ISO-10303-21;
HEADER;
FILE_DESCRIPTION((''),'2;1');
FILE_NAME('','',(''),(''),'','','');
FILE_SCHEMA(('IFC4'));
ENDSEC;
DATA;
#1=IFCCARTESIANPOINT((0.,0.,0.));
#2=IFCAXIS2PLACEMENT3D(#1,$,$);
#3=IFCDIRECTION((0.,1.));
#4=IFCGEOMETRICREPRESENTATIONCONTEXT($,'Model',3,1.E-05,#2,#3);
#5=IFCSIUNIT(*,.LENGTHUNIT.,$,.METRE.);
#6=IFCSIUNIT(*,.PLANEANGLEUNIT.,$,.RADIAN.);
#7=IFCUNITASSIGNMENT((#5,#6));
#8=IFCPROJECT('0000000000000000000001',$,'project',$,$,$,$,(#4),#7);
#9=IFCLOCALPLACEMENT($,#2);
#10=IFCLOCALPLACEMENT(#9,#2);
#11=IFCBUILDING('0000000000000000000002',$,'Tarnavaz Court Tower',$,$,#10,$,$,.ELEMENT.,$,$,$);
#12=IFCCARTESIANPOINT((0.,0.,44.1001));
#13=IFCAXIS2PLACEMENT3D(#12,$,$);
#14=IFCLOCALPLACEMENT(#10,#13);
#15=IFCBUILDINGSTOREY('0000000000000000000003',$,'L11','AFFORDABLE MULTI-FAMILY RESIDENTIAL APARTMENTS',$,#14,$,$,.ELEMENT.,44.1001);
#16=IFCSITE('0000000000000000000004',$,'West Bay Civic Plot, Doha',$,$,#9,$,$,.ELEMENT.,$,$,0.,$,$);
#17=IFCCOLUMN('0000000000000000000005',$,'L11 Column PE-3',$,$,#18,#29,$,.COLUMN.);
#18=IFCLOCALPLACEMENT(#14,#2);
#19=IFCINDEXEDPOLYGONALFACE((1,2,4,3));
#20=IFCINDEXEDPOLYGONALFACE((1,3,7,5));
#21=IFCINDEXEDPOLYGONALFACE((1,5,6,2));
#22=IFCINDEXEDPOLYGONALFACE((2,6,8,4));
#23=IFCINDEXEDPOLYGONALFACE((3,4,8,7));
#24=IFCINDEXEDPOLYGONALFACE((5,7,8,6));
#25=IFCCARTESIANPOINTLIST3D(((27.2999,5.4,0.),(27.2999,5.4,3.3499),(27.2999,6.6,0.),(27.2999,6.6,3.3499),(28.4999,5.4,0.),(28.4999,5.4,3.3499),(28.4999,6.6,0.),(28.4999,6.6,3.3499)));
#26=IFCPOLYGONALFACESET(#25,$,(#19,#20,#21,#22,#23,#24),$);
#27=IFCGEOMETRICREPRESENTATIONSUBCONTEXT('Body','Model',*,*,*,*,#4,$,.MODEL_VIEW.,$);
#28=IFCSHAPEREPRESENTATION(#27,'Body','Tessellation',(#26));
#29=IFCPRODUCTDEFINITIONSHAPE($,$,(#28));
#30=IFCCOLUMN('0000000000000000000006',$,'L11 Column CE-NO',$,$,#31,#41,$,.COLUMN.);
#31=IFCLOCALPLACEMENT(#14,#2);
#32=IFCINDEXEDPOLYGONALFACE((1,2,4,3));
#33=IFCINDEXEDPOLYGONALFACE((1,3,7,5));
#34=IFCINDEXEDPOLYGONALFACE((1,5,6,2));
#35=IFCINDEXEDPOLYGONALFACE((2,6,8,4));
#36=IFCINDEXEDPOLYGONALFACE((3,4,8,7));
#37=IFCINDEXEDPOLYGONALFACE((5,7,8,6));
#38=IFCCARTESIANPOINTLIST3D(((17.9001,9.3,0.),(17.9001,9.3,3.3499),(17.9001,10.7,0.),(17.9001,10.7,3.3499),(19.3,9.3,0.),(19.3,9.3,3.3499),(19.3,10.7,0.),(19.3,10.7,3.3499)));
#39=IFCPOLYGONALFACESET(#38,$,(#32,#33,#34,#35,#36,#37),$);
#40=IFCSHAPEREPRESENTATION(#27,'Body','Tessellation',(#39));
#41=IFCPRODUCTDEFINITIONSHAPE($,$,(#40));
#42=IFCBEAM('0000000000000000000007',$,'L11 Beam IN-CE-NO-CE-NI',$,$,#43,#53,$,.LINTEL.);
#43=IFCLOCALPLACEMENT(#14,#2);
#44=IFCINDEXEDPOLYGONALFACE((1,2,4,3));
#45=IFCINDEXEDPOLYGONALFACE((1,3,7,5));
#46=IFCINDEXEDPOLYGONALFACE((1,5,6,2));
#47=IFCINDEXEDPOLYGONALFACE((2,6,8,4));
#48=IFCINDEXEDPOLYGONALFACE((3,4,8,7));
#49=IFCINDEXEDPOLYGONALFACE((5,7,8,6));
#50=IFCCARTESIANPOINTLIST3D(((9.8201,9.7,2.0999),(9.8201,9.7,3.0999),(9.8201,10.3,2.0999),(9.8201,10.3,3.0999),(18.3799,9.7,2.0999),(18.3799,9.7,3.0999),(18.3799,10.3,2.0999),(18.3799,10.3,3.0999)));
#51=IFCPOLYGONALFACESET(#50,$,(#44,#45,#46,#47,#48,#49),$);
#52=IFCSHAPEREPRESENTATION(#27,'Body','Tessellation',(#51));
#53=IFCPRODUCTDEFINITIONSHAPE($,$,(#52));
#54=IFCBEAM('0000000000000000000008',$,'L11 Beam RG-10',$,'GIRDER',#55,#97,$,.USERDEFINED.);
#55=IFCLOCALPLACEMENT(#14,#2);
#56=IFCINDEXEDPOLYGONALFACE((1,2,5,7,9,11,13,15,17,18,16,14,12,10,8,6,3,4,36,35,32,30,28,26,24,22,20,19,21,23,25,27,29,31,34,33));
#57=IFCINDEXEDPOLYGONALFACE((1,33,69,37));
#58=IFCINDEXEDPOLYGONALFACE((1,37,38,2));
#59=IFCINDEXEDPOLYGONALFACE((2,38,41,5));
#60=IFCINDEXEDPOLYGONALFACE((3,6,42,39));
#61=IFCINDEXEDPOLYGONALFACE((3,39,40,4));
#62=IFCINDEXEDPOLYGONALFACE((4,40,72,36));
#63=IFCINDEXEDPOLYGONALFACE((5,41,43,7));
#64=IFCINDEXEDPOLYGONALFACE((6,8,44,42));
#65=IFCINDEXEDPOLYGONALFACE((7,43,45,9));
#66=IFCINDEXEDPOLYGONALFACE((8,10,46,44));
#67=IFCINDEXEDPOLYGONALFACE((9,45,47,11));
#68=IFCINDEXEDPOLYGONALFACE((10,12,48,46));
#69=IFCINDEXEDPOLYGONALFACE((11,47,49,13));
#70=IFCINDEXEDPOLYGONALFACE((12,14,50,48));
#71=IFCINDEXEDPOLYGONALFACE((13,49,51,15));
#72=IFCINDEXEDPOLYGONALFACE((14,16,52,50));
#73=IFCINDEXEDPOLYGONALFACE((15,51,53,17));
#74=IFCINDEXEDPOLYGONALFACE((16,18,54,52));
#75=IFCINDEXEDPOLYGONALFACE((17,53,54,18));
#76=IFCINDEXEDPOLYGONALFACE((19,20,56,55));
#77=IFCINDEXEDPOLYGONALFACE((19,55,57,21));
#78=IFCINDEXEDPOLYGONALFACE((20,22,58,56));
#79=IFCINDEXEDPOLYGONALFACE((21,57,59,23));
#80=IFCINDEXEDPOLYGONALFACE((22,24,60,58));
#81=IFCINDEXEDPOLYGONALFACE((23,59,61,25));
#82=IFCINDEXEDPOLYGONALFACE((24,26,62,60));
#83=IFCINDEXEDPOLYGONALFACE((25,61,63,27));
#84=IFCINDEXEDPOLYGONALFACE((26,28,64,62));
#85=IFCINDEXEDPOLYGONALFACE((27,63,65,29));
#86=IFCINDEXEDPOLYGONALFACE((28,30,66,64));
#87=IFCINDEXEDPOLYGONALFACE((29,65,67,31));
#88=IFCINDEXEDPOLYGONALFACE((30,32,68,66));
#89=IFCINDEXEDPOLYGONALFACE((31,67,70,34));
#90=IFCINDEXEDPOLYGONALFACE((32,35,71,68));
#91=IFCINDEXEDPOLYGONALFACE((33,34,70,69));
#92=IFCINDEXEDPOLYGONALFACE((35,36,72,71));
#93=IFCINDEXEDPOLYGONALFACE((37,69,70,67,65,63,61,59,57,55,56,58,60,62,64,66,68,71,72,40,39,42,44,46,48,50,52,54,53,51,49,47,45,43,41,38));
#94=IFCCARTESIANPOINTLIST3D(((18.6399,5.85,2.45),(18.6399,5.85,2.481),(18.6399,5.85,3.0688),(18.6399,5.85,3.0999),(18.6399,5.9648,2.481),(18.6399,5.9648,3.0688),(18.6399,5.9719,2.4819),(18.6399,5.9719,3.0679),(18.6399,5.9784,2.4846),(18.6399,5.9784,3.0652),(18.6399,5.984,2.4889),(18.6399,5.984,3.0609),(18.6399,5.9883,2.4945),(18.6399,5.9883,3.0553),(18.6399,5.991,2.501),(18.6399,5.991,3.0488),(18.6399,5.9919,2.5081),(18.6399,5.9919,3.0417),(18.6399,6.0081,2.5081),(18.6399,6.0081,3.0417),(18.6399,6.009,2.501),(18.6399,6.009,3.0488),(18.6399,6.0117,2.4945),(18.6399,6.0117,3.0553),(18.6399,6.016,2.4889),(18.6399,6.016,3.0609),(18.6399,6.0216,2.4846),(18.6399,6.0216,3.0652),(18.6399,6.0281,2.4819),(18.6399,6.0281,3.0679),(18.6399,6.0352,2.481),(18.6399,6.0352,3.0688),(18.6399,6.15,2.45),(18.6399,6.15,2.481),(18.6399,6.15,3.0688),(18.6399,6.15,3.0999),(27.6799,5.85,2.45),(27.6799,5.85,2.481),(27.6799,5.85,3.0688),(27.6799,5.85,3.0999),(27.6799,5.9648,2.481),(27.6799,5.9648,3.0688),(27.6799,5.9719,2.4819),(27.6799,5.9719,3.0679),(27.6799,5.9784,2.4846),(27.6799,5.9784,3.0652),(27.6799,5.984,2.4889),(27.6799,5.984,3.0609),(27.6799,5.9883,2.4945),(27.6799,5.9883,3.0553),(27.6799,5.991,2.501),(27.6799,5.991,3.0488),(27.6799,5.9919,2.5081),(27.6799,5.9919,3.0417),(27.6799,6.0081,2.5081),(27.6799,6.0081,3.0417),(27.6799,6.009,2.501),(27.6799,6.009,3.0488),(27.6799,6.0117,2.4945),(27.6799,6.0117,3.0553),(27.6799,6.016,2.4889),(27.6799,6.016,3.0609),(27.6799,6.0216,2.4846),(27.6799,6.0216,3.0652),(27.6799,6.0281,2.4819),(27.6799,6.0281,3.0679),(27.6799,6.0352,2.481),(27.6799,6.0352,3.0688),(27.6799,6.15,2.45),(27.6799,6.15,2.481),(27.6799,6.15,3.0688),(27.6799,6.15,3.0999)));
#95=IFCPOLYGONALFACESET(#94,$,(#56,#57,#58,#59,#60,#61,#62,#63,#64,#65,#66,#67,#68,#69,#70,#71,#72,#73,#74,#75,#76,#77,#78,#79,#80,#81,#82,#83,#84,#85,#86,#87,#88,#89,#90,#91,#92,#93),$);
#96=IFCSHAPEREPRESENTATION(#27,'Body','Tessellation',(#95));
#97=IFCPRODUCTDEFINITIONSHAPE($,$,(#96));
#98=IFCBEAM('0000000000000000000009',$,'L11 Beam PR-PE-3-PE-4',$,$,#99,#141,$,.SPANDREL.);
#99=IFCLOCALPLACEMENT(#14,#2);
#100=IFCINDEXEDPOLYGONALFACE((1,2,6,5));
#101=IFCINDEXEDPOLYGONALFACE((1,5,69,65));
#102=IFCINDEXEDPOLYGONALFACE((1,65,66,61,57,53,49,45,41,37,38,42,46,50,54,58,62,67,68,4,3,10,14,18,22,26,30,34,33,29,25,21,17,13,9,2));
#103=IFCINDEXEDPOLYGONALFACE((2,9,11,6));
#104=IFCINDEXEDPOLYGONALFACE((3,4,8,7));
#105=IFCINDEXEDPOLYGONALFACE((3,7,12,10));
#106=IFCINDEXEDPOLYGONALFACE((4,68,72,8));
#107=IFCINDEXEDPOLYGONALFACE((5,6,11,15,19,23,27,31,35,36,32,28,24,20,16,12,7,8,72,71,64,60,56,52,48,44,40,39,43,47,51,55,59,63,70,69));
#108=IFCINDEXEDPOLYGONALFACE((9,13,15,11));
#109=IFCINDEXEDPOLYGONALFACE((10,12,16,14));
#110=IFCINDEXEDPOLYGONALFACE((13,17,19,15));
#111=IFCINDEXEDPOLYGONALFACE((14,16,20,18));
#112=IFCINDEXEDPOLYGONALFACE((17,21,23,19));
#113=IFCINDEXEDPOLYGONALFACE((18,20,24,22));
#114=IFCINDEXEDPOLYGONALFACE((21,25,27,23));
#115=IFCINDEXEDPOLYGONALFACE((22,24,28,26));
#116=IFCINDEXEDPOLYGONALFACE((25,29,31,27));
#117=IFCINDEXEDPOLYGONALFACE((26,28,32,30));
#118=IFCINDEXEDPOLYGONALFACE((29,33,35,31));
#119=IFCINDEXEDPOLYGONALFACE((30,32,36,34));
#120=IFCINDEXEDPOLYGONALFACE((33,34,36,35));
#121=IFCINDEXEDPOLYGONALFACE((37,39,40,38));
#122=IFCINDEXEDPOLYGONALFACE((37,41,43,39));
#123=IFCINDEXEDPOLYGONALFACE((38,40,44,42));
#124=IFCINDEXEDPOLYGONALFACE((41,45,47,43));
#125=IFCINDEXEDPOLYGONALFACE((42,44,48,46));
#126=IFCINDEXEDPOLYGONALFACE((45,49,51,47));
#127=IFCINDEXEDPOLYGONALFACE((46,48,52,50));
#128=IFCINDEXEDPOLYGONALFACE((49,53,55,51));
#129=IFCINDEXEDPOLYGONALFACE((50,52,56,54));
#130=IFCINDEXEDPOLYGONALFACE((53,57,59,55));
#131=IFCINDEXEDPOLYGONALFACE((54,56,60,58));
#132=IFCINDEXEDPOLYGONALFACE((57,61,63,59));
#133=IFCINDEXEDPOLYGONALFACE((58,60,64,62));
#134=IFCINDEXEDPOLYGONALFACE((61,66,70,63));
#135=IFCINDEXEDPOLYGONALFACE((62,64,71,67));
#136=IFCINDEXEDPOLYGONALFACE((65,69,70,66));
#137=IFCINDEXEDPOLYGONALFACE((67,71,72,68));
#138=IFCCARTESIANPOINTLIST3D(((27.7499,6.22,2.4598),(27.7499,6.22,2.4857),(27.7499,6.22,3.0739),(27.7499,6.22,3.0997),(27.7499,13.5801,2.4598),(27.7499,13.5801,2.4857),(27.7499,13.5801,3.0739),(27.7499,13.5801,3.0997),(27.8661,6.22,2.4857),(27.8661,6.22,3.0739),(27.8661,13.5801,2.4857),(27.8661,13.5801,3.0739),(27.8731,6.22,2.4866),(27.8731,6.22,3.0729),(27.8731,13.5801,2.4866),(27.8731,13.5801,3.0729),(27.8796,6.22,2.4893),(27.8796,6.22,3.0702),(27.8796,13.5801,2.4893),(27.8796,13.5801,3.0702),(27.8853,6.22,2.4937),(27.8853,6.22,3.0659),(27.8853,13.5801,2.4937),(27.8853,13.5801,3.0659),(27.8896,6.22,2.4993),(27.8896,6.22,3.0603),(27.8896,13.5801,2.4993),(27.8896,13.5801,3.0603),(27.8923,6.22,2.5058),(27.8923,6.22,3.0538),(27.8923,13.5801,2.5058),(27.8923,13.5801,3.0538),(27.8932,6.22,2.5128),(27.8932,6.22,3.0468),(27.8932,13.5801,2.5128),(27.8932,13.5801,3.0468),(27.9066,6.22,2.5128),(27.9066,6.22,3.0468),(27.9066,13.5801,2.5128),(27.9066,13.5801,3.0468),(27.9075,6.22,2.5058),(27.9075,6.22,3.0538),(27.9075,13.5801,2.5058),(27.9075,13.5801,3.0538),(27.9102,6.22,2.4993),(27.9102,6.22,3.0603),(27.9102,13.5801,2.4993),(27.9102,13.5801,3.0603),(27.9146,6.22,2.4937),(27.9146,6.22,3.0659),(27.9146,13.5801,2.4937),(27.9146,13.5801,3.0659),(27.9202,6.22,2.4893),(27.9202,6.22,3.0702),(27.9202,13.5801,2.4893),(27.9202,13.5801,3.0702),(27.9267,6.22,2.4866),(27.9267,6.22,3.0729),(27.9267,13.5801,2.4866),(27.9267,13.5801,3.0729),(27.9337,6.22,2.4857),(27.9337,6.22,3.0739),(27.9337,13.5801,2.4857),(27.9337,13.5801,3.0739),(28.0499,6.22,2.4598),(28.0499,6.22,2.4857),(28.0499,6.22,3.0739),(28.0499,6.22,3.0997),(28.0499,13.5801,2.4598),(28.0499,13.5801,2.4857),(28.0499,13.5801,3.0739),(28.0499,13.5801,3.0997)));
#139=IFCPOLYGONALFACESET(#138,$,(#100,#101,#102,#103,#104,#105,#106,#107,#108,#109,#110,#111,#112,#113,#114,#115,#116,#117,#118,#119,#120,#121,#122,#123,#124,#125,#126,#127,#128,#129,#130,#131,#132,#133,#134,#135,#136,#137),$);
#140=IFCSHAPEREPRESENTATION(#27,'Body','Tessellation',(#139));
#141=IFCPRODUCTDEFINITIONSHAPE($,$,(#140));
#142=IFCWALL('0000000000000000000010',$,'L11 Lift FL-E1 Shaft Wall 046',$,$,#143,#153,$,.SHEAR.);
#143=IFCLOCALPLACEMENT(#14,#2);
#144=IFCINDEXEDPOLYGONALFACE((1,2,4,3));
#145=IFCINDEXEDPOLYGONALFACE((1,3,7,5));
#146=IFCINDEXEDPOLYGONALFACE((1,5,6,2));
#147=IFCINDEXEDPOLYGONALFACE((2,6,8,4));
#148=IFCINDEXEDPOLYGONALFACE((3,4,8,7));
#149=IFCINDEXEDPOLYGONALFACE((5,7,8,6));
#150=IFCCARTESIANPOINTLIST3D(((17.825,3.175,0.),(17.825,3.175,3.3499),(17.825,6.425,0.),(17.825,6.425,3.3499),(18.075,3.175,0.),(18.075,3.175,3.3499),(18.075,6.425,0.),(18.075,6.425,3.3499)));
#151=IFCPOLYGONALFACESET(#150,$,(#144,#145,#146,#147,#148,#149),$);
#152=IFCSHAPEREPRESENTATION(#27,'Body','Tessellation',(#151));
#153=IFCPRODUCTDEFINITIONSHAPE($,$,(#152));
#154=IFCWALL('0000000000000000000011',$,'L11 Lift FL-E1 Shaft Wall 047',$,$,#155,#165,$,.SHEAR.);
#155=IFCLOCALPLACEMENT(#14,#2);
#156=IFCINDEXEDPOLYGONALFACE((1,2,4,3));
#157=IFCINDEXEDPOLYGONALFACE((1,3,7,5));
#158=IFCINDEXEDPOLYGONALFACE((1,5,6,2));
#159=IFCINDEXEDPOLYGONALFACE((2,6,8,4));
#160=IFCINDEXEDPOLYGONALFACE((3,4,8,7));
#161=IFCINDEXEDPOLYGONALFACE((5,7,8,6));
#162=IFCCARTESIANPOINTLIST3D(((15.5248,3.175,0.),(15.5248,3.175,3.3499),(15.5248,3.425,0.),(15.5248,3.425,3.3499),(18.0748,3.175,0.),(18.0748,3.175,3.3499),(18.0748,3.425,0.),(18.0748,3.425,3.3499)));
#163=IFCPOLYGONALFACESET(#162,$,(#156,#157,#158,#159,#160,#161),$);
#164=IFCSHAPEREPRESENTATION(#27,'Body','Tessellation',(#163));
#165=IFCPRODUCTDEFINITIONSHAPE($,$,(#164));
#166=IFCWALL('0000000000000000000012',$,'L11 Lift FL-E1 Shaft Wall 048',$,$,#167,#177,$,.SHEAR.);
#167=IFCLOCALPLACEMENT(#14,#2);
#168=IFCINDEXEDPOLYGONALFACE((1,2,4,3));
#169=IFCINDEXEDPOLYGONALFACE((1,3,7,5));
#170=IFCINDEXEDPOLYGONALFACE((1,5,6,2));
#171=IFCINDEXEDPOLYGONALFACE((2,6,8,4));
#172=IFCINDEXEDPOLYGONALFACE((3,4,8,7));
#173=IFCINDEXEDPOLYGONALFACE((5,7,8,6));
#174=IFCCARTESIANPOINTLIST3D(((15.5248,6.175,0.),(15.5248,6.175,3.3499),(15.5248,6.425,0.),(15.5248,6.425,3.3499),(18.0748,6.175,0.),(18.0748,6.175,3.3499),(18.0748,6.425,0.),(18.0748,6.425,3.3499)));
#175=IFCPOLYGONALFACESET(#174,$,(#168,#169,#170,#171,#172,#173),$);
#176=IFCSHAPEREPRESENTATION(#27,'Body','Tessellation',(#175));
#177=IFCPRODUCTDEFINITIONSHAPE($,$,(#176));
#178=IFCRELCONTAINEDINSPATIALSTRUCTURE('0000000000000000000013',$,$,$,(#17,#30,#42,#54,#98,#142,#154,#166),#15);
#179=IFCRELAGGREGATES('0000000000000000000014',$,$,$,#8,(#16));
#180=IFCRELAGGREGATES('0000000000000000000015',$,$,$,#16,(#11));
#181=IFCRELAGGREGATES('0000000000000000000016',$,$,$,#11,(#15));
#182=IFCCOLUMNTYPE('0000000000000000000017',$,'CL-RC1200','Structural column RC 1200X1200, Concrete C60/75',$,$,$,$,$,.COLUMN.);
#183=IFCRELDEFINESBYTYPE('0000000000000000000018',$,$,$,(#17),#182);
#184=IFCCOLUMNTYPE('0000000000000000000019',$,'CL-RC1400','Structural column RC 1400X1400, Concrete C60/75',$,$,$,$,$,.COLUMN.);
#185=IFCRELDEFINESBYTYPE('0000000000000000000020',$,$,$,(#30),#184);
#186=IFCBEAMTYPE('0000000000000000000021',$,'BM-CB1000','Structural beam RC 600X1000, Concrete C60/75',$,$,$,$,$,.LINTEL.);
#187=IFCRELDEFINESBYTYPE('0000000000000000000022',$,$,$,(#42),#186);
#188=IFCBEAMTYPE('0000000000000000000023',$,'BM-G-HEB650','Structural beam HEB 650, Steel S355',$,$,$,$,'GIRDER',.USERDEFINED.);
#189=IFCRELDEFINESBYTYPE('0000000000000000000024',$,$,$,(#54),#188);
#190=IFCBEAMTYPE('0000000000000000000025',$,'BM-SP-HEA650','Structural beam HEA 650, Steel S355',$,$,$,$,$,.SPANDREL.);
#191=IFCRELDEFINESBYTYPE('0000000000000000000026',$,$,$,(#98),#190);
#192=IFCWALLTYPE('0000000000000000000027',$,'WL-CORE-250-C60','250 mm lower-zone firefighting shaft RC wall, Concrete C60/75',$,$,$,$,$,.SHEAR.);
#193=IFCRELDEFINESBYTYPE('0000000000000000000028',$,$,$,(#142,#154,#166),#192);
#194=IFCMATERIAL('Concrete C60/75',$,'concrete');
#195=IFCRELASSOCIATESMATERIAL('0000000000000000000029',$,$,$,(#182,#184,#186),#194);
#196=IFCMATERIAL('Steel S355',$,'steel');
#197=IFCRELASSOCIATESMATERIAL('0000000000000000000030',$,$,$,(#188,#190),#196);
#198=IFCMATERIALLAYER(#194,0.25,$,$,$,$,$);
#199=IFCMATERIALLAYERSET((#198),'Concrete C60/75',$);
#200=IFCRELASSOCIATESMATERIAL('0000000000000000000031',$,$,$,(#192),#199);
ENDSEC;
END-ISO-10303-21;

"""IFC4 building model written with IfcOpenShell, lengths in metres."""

from ifc_helpers import new_model, si_unit, direction, frame, frame_2d, origin, origin_2d, place, context, subcontext, project, spatial, rectangle, i_section, extrude, material, layer, layer_set, material_profile, profile_set, type_object, element, save


model = new_model("IFC4")

# Units and contexts
model_context = context("Model", 3, precision=1e-05, world=origin(), true_north=direction((0.0, 1.0)))
body_context = subcontext(model_context, "Body", "Model", "MODEL_VIEW")
ifc_project = project(units=[si_unit("LENGTHUNIT", "METRE"), si_unit("PLANEANGLEUNIT", "RADIAN")], contexts=[model_context])

# Site, building, storey
site_placement = place(None, origin())
site = spatial("IfcSite", under=ifc_project, at=site_placement, Name="West Bay Civic Plot, Doha", CompositionType="ELEMENT", RefElevation=0.0)
building_placement = place(site_placement, origin())
building = spatial("IfcBuilding", under=site, at=building_placement, Name="Tarnavaz Court Tower", CompositionType="ELEMENT")
storey_placement = place(building_placement, frame((0.0, 0.0, 44.1001)))
storey = spatial("IfcBuildingStorey", under=building, at=storey_placement, Name="L11", Description="AFFORDABLE MULTI-FAMILY RESIDENTIAL APARTMENTS", CompositionType="ELEMENT", Elevation=44.1001)

# Columns
ifc_material_1 = material(Name="Concrete C60/75", Category="concrete")
ifc_material_profile_1 = material_profile(ifc_material_1, rectangle(XDim=1.2, YDim=1.2, at=origin_2d()), Name="RC 1200X1200")
ifc_profile_set_1 = profile_set([ifc_material_profile_1], Name="Concrete C60/75")
column_type_1 = type_object("IfcColumnType", Name="CL-RC1200", Description="Structural column RC 1200X1200, Concrete C60/75", PredefinedType="COLUMN", material=ifc_profile_set_1)
column_1_placement = place(storey_placement, frame((27.8999, 6.0, 0.0), z_axis=(0.0, 0.0, 1.0), x_axis=(1.0, 0.0, 0.0)))
element("IfcColumn", 1, at=column_1_placement, inside=storey, type_object=column_type_1, Name="L11 Column PE-3", PredefinedType="COLUMN", context=body_context, shape_type="SweptSolid", body=[
    extrude(rectangle(XDim=1.2, YDim=1.2, at=origin_2d()), origin(), (0.0, 0.0, 1.0), 3.3499),
])
ifc_material_profile_2 = material_profile(ifc_material_1, rectangle(XDim=1.3999, YDim=1.3999, at=origin_2d()), Name="RC 1400X1400")
ifc_profile_set_2 = profile_set([ifc_material_profile_2], Name="Concrete C60/75")
column_type_2 = type_object("IfcColumnType", Name="CL-RC1400", Description="Structural column RC 1400X1400, Concrete C60/75", PredefinedType="COLUMN", material=ifc_profile_set_2)
column_2_placement = place(storey_placement, frame((18.6001, 10.0, 0.0), z_axis=(0.0, 0.0, 1.0), x_axis=(1.0, 0.0, 0.0)))
element("IfcColumn", 2, at=column_2_placement, inside=storey, type_object=column_type_2, Name="L11 Column CE-NO", PredefinedType="COLUMN", context=body_context, shape_type="SweptSolid", body=[
    extrude(rectangle(XDim=1.3999, YDim=1.3999, at=origin_2d()), origin(), (0.0, 0.0, 1.0), 3.3499),
])

# Beams
ifc_material_profile_3 = material_profile(ifc_material_1, rectangle(XDim=0.6001, YDim=1.0, at=origin_2d()), Name="RC 600X1000")
ifc_profile_set_3 = profile_set([ifc_material_profile_3], Name="Concrete C60/75")
beam_type_1 = type_object("IfcBeamType", Name="BM-CB1000", Description="Structural beam RC 600X1000, Concrete C60/75", PredefinedType="LINTEL", material=ifc_profile_set_3)
beam_1_placement = place(storey_placement, frame((18.3799, 10.0, 2.5999), z_axis=(-1.0, 0.0, 0.0), x_axis=(0.0, -1.0, 0.0)))
element("IfcBeam", 3, at=beam_1_placement, inside=storey, type_object=beam_type_1, Name="L11 Beam IN-CE-NO-CE-NI", PredefinedType="LINTEL", context=body_context, shape_type="SweptSolid", body=[
    extrude(rectangle(XDim=0.6001, YDim=1.0, at=origin_2d()), origin(), (0.0, 0.0, 1.0), 8.5598),
])
ifc_material_2 = material(Name="Steel S355", Category="steel")
ifc_material_profile_4 = material_profile(ifc_material_2, i_section(OverallWidth=0.3, OverallDepth=0.6499, WebThickness=0.0161, FlangeThickness=0.031, FilletRadius=0.0271, at=origin_2d()), Name="HEB 650")
ifc_profile_set_4 = profile_set([ifc_material_profile_4], Name="Steel S355")
beam_type_2 = type_object("IfcBeamType", Name="BM-G-HEB650", Description="Structural beam HEB 650, Steel S355", ElementType="GIRDER", PredefinedType="USERDEFINED", material=ifc_profile_set_4)
beam_2_placement = place(storey_placement, frame((18.6399, 6.0, 2.7749), z_axis=(1.0, 0.0, 0.0), x_axis=(0.0, 1.0, 0.0)))
element("IfcBeam", 4, at=beam_2_placement, inside=storey, type_object=beam_type_2, Name="L11 Beam RG-10", ObjectType="GIRDER", PredefinedType="USERDEFINED", context=body_context, shape_type="SweptSolid", body=[
    extrude(i_section(OverallWidth=0.3, OverallDepth=0.6499, WebThickness=0.0161, FlangeThickness=0.031, FilletRadius=0.0271, at=origin_2d()), origin(), (0.0, 0.0, 1.0), 9.04),
])
ifc_material_profile_5 = material_profile(ifc_material_2, i_section(OverallWidth=0.3, OverallDepth=0.6399, WebThickness=0.0134, FlangeThickness=0.0259, FilletRadius=0.0271, at=origin_2d()), Name="HEA 650")
ifc_profile_set_5 = profile_set([ifc_material_profile_5], Name="Steel S355")
beam_type_3 = type_object("IfcBeamType", Name="BM-SP-HEA650", Description="Structural beam HEA 650, Steel S355", PredefinedType="SPANDREL", material=ifc_profile_set_5)
beam_3_placement = place(storey_placement, frame((27.8999, 6.22, 2.7798), z_axis=(0.0, 1.0, 0.0), x_axis=(-1.0, 0.0, 0.0)))
element("IfcBeam", 5, at=beam_3_placement, inside=storey, type_object=beam_type_3, Name="L11 Beam PR-PE-3-PE-4", PredefinedType="SPANDREL", context=body_context, shape_type="SweptSolid", body=[
    extrude(i_section(OverallWidth=0.3, OverallDepth=0.6399, WebThickness=0.0134, FlangeThickness=0.0259, FilletRadius=0.0271, at=origin_2d()), origin(), (0.0, 0.0, 1.0), 7.3601),
])

# Shared definitions
ifc_layer_1 = layer(ifc_material_1, 0.25)
ifc_layer_set_1 = layer_set([ifc_layer_1], Name="Concrete C60/75")
wall_type_1 = type_object("IfcWallType", Name="WL-CORE-250-C60", Description="250 mm lower-zone firefighting shaft RC wall, Concrete C60/75", PredefinedType="SHEAR", material=ifc_layer_set_1)

# Walls
wall_1_placement = place(storey_placement, frame((17.95, 3.175, 0.0), z_axis=(0.0, 0.0, 1.0), x_axis=(0.0, 1.0, 0.0)))
element("IfcWall", 6, at=wall_1_placement, inside=storey, type_object=wall_type_1, Name="L11 Lift FL-E1 Shaft Wall 046", PredefinedType="SHEAR", context=body_context, shape_type="SweptSolid", body=[
    extrude(rectangle(XDim=3.25, YDim=0.25, at=frame_2d((1.625, 0.0))), origin(), (0.0, 0.0, 1.0), 3.3499),
])
for number, where, z_axis, x_axis, name in (
    (7, (15.5249, 3.3, 0.0), (0.0, 0.0, 1.0), (1.0, 0.0, 0.0), "L11 Lift FL-E1 Shaft Wall 047"),
    (8, (15.5249, 6.3, 0.0), (0.0, 0.0, 1.0), (1.0, 0.0, 0.0), "L11 Lift FL-E1 Shaft Wall 048"),
):
    element("IfcWall", number, at=place(storey_placement, frame(where, z_axis=z_axis, x_axis=x_axis)), inside=storey, type_object=wall_type_1, Name=name, PredefinedType="SHEAR", context=body_context, shape_type="SweptSolid", body=[
        extrude(rectangle(XDim=2.55, YDim=0.25, at=frame_2d((1.2749, 0.0))), origin(), (0.0, 0.0, 1.0), 3.3499),
    ])

save(model, "model.ifc")
